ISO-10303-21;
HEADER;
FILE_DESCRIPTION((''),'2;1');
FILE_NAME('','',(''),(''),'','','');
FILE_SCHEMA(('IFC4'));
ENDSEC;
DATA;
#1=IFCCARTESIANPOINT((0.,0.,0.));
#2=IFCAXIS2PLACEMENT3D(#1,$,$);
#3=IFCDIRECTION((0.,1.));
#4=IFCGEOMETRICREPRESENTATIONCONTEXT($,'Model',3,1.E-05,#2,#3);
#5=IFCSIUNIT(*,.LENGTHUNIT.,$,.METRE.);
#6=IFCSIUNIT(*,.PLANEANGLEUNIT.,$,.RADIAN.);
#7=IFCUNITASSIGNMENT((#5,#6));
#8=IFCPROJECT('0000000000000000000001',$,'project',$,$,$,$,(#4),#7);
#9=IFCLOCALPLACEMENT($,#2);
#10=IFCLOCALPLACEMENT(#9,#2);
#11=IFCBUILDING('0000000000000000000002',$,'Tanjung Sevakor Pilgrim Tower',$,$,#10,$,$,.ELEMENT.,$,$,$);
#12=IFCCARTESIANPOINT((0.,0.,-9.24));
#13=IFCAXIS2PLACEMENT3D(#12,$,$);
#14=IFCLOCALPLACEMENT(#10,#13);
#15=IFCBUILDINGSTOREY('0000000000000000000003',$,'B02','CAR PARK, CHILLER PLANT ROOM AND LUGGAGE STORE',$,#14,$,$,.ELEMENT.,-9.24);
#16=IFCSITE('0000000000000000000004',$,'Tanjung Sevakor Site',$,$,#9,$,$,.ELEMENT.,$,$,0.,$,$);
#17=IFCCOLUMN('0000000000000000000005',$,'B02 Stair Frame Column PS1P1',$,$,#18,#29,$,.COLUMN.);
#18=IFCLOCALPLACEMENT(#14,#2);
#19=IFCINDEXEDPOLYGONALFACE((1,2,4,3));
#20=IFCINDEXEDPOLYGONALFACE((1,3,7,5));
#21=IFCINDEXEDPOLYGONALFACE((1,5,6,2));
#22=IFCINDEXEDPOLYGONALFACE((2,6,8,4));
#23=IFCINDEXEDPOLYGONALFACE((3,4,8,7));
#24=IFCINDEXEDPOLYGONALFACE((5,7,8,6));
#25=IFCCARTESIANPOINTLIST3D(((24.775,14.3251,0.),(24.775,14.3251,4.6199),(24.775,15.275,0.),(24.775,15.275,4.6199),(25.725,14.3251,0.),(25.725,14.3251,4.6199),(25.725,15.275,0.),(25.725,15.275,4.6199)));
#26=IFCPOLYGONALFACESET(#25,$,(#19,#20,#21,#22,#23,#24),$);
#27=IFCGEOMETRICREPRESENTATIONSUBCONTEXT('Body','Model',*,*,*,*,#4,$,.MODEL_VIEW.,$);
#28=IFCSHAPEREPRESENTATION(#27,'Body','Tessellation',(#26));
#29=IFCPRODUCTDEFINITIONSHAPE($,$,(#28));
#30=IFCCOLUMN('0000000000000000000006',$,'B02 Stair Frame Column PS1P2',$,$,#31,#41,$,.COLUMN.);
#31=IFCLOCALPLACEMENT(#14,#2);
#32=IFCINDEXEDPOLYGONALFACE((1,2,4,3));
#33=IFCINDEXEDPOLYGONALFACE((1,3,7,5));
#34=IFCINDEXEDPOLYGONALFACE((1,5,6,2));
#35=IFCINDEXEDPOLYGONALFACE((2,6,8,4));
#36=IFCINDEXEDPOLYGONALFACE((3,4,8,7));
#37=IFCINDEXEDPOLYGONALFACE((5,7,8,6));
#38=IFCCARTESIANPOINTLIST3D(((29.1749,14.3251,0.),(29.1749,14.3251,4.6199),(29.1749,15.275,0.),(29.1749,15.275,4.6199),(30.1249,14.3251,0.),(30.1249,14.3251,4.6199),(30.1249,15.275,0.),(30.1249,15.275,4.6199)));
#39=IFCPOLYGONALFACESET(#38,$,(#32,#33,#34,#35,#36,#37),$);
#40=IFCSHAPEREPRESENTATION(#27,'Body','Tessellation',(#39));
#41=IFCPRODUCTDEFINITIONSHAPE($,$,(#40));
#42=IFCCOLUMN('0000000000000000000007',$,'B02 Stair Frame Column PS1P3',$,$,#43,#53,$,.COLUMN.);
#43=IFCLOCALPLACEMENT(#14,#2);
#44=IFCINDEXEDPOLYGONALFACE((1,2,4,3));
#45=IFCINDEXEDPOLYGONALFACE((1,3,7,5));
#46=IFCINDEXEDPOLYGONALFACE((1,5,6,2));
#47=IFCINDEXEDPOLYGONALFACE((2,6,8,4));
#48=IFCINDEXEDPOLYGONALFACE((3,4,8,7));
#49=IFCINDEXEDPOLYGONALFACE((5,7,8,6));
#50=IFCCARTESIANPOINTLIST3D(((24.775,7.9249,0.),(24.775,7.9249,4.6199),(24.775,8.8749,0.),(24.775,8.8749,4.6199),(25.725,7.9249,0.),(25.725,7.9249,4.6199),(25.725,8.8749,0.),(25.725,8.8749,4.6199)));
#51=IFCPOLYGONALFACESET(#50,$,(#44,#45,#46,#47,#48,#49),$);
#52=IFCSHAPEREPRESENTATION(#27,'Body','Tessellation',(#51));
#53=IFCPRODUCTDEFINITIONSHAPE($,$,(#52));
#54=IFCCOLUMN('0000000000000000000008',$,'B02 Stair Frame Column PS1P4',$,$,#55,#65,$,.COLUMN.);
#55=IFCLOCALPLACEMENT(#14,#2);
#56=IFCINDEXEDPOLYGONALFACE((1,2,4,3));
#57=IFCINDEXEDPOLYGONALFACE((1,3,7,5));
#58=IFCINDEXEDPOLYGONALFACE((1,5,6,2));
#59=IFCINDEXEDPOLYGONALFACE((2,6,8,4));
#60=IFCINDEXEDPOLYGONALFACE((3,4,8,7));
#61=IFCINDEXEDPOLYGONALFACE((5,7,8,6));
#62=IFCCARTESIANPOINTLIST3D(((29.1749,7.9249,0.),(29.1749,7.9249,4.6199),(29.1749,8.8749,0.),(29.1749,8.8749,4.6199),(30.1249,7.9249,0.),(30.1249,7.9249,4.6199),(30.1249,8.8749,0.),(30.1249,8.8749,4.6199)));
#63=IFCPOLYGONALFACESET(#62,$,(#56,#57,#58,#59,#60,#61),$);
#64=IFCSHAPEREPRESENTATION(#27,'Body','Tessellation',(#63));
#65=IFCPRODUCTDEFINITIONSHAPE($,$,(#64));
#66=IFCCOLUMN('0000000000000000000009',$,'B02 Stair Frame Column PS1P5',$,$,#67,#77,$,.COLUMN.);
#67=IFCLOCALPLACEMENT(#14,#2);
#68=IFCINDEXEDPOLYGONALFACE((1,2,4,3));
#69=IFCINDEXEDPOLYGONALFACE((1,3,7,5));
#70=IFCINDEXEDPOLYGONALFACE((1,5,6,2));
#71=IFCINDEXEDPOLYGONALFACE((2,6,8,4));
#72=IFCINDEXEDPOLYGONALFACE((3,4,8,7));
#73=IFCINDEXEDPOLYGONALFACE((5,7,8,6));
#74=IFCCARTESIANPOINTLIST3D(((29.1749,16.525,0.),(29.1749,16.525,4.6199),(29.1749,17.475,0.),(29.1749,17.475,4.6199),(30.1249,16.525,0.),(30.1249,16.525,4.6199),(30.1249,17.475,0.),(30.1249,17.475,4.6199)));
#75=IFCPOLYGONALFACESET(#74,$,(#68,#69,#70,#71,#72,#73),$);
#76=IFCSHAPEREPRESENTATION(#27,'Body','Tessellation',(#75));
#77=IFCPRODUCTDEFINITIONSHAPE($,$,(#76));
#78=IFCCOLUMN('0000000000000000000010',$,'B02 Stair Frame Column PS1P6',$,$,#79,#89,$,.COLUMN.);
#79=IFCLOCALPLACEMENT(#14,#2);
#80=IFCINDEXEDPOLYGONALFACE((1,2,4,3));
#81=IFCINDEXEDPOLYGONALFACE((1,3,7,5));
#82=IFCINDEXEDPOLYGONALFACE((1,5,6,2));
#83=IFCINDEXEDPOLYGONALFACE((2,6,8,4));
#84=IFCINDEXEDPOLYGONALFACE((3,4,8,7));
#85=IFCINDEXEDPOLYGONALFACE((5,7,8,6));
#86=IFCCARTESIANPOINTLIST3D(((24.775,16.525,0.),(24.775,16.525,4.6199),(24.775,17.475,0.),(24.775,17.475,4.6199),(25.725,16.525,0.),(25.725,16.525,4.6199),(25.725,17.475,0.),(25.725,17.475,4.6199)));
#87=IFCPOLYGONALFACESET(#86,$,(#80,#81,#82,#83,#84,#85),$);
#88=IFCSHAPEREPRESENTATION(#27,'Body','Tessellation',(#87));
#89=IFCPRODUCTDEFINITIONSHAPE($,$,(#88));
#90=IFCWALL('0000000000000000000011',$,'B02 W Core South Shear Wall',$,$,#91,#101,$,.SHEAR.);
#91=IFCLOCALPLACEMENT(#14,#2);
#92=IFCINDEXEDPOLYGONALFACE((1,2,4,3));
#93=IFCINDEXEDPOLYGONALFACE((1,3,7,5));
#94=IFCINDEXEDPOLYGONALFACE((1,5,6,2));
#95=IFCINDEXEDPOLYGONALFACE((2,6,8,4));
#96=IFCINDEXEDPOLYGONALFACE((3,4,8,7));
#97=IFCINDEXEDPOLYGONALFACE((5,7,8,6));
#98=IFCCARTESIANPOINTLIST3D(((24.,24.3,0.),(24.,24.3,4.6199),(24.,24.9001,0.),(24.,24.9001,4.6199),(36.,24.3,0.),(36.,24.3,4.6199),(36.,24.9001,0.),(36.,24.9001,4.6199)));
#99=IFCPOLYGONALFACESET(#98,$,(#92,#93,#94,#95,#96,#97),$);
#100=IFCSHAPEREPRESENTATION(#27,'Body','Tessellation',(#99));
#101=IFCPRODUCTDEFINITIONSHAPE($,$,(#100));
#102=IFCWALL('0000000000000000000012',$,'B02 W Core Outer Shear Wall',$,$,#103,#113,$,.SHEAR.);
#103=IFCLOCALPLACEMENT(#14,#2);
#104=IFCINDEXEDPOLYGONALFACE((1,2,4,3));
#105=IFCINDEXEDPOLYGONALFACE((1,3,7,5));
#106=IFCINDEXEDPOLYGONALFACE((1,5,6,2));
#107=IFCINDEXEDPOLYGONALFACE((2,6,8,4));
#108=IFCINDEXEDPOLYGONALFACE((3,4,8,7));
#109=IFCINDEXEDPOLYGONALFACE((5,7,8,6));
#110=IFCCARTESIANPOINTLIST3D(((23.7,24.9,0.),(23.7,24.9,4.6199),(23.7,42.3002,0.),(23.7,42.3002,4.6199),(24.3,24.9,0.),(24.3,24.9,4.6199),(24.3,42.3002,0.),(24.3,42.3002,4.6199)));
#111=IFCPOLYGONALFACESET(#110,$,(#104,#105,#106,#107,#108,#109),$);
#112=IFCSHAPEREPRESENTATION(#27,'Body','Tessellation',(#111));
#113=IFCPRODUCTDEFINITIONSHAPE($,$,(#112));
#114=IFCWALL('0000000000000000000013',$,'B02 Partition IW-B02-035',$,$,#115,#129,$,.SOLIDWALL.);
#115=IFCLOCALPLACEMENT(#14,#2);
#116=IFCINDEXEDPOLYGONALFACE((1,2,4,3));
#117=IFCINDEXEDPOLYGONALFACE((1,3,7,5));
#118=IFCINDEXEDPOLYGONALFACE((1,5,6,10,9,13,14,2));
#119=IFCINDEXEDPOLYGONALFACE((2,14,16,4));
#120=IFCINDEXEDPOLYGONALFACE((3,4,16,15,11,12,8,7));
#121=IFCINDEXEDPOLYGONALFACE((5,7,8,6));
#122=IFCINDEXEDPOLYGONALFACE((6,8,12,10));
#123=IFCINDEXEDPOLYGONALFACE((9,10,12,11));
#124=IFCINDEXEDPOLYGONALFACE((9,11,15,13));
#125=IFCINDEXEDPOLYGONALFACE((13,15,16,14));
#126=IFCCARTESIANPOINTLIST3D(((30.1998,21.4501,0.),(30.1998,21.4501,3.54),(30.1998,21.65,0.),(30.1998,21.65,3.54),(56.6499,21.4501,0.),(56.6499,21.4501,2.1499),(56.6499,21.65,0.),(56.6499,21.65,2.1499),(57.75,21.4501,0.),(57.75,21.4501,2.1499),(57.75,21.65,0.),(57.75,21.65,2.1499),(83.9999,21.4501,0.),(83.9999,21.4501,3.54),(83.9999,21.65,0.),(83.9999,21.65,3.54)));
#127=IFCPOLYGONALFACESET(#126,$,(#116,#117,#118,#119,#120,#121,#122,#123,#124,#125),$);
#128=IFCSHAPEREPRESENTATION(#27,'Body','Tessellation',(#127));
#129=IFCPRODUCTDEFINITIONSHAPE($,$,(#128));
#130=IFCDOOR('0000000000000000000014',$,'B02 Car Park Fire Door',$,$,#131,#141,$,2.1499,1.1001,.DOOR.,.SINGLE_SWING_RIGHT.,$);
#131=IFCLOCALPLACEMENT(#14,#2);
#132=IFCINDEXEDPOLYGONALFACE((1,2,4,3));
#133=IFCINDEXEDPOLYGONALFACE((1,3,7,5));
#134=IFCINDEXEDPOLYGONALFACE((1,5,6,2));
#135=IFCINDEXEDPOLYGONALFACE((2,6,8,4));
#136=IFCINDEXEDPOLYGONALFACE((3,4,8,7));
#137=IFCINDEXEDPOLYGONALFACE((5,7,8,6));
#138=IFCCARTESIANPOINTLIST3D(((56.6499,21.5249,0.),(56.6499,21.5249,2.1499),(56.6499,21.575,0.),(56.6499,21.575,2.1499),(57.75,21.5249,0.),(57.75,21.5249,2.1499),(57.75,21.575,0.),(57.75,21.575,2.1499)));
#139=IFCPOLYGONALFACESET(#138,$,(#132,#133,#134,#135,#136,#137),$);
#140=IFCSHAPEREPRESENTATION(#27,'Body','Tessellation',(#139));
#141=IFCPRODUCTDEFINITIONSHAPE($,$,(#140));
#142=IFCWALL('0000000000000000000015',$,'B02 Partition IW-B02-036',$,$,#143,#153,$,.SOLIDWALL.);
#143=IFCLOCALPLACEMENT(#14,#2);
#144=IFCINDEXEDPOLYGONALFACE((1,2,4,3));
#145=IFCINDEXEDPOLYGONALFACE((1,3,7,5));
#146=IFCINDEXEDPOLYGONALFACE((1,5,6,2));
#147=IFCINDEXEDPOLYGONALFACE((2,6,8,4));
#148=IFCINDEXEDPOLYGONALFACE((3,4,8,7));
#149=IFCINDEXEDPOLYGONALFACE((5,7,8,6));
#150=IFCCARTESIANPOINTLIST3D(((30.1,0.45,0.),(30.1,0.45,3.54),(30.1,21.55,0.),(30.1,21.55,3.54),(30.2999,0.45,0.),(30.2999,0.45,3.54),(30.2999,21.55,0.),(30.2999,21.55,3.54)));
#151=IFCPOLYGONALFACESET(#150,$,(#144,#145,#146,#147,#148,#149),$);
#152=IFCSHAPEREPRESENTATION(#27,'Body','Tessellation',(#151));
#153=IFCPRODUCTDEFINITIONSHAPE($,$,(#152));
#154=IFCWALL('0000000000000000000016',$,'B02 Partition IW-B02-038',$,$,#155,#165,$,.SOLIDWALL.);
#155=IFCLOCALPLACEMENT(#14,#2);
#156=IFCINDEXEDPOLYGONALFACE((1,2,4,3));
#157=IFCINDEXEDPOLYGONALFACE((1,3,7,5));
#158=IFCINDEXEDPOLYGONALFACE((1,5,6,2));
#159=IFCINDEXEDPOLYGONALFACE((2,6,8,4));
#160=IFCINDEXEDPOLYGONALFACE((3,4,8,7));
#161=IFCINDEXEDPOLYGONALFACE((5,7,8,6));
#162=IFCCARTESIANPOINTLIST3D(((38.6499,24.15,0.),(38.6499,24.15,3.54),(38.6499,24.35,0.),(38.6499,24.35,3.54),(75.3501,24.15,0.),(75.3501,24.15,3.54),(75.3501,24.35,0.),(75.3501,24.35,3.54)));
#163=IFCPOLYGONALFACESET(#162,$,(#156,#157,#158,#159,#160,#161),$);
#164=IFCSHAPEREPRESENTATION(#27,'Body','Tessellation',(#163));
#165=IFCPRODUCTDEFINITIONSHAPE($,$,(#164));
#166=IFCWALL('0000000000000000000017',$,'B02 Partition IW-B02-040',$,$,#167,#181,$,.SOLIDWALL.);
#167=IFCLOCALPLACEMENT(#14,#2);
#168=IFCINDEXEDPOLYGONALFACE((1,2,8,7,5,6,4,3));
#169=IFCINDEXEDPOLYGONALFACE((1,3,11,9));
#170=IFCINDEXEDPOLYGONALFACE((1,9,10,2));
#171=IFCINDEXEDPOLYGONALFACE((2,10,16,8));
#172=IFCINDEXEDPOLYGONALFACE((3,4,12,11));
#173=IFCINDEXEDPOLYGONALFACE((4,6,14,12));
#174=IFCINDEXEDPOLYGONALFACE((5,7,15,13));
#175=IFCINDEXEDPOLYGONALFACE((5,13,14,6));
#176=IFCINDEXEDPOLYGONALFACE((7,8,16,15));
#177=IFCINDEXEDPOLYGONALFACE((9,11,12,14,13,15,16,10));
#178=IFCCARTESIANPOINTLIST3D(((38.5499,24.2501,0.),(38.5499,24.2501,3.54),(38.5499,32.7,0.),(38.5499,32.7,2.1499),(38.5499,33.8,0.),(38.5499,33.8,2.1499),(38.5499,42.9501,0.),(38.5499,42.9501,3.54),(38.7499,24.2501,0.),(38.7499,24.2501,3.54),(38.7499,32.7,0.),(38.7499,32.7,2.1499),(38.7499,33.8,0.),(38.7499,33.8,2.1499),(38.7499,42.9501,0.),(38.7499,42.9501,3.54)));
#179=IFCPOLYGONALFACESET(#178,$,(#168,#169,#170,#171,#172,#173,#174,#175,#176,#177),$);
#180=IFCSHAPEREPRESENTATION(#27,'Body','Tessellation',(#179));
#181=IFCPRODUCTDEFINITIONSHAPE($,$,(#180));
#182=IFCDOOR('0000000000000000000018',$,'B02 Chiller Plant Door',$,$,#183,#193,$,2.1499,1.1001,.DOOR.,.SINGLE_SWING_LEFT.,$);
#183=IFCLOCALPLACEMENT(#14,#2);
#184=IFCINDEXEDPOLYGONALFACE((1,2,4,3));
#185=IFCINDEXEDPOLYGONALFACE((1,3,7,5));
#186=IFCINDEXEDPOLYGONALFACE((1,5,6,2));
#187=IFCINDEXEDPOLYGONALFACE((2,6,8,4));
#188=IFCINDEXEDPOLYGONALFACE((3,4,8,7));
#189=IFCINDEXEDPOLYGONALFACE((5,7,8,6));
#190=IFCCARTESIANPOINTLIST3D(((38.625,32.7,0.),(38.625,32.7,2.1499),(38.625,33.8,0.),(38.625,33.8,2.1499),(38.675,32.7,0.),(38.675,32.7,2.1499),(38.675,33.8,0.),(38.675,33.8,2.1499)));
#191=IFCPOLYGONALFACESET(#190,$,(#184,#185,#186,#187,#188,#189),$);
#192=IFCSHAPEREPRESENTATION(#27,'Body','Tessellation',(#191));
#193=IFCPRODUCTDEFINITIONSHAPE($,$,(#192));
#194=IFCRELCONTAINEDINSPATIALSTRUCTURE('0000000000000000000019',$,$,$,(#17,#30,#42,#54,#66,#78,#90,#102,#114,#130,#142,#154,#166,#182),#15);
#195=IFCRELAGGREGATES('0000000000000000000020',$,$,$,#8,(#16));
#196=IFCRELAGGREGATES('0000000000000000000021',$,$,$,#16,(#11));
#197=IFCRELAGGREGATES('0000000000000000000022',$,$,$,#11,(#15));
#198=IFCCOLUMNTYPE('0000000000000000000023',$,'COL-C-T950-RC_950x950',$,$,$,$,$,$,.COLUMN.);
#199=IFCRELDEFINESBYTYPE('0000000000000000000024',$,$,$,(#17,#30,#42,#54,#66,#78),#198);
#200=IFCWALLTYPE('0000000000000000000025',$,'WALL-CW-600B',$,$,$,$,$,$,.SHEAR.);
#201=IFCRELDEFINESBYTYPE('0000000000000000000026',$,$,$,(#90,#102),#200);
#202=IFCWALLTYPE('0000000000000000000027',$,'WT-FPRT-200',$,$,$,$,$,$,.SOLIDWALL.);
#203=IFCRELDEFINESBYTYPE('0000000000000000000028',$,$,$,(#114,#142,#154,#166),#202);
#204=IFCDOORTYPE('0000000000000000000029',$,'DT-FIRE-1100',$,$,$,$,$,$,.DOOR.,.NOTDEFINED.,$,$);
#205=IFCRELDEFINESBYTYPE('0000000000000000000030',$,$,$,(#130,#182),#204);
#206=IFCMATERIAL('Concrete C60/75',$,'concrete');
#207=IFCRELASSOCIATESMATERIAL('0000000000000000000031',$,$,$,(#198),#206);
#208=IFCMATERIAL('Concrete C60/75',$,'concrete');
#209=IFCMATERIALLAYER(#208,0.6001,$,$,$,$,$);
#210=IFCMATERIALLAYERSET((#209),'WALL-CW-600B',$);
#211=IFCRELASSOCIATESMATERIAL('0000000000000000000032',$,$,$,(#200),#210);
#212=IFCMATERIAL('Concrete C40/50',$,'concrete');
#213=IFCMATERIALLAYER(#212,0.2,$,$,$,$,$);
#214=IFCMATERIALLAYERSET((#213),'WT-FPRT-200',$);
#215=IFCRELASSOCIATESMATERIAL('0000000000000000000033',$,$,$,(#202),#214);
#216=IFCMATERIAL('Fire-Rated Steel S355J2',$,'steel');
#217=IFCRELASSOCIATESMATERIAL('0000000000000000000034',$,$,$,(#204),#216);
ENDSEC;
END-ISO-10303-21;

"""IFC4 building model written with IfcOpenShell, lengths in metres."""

from ifc_helpers import new_model, si_unit, direction, frame, frame_2d, origin, origin_2d, place, context, subcontext, project, spatial, rectangle, extrude, material, layer, layer_set, material_profile, profile_set, type_object, element, fill, save


model = new_model("IFC4")

# Units and contexts
model_context = context("Model", 3, precision=1e-05, world=origin(), true_north=direction((0.0, 1.0)))
body_context = subcontext(model_context, "Body", "Model", "MODEL_VIEW")
ifc_project = project(units=[si_unit("LENGTHUNIT", "METRE"), si_unit("PLANEANGLEUNIT", "RADIAN")], contexts=[model_context])

# Site, building, storey
site_placement = place(None, origin())
site = spatial("IfcSite", under=ifc_project, at=site_placement, Name="Tanjung Sevakor Site", CompositionType="ELEMENT", RefElevation=0.0)
building_placement = place(site_placement, origin())
building = spatial("IfcBuilding", under=site, at=building_placement, Name="Tanjung Sevakor Pilgrim Tower", CompositionType="ELEMENT")
storey_placement = place(building_placement, frame((0.0, 0.0, -9.24)))
storey = spatial("IfcBuildingStorey", under=building, at=storey_placement, Name="B02", Description="CAR PARK, CHILLER PLANT ROOM AND LUGGAGE STORE", CompositionType="ELEMENT", Elevation=-9.24)

# Columns
ifc_material_1 = material(Name="Concrete C60/75", Category="concrete")
ifc_material_profile_1 = material_profile(ifc_material_1, rectangle(XDim=0.95, YDim=0.95, at=origin_2d()))
ifc_profile_set_1 = profile_set([ifc_material_profile_1], Name="Concrete C60/75")
column_type_1 = type_object("IfcColumnType", Name="COL-C-T950-RC_950x950", PredefinedType="COLUMN", material=ifc_profile_set_1)
for number, where, z_axis, x_axis, name in (
    (1, (25.25, 14.8, 0.0), (0.0, 0.0, 1.0), (1.0, 0.0, 0.0), "B02 Stair Frame Column PS1P1"),
    (2, (29.6499, 14.8, 0.0), (0.0, 0.0, 1.0), (1.0, 0.0, 0.0), "B02 Stair Frame Column PS1P2"),
    (3, (25.25, 8.3999, 0.0), (0.0, 0.0, 1.0), (1.0, 0.0, 0.0), "B02 Stair Frame Column PS1P3"),
    (4, (29.6499, 8.3999, 0.0), (0.0, 0.0, 1.0), (1.0, 0.0, 0.0), "B02 Stair Frame Column PS1P4"),
    (5, (29.6499, 17.0, 0.0), (0.0, 0.0, 1.0), (1.0, 0.0, 0.0), "B02 Stair Frame Column PS1P5"),
    (6, (25.25, 17.0, 0.0), (0.0, 0.0, 1.0), (1.0, 0.0, 0.0), "B02 Stair Frame Column PS1P6"),
):
    element("IfcColumn", number, at=place(storey_placement, frame(where, z_axis=z_axis, x_axis=x_axis)), inside=storey, type_object=column_type_1, Name=name, PredefinedType="COLUMN", context=body_context, shape_type="SweptSolid", body=[
        extrude(rectangle(XDim=0.95, YDim=0.95, at=origin_2d()), origin(), (0.0, 0.0, 1.0), 4.6199),
    ])

# Walls
ifc_material_2 = material(Name="Concrete C60/75", Category="concrete")
ifc_layer_1 = layer(ifc_material_2, 0.6001)
ifc_layer_set_1 = layer_set([ifc_layer_1], Name="WALL-CW-600B")
wall_type_1 = type_object("IfcWallType", Name="WALL-CW-600B", PredefinedType="SHEAR", material=ifc_layer_set_1)
wall_1_placement = place(storey_placement, frame((24.0, 24.6001, 0.0), z_axis=(0.0, 0.0, 1.0), x_axis=(1.0, 0.0, 0.0)))
element("IfcWall", 7, at=wall_1_placement, inside=storey, type_object=wall_type_1, Name="B02 W Core South Shear Wall", PredefinedType="SHEAR", context=body_context, shape_type="SweptSolid", body=[
    extrude(rectangle(XDim=12.0, YDim=0.6001, at=frame_2d((6.0, 0.0))), origin(), (0.0, 0.0, 1.0), 4.6199),
])
wall_2_placement = place(storey_placement, frame((24.0, 24.8999, 0.0), z_axis=(0.0, 0.0, 1.0), x_axis=(0.0, 1.0, 0.0)))
element("IfcWall", 8, at=wall_2_placement, inside=storey, type_object=wall_type_1, Name="B02 W Core Outer Shear Wall", PredefinedType="SHEAR", context=body_context, shape_type="SweptSolid", body=[
    extrude(rectangle(XDim=17.4001, YDim=0.6001, at=frame_2d((8.7002, 0.0))), origin(), (0.0, 0.0, 1.0), 4.6199),
])

# Wall, opening, door
ifc_material_3 = material(Name="Concrete C40/50", Category="concrete")
ifc_layer_2 = layer(ifc_material_3, 0.2)
ifc_layer_set_2 = layer_set([ifc_layer_2], Name="WT-FPRT-200")
wall_type_2 = type_object("IfcWallType", Name="WT-FPRT-200", PredefinedType="SOLIDWALL", material=ifc_layer_set_2)
wall_3_placement = place(storey_placement, frame((30.2, 21.55, 0.0), z_axis=(0.0, 0.0, 1.0), x_axis=(1.0, 0.0, 0.0)))
wall_3 = element("IfcWall", 9, at=wall_3_placement, inside=storey, type_object=wall_type_2, Name="B02 Partition IW-B02-035", PredefinedType="SOLIDWALL", context=body_context, shape_type="SweptSolid", body=[
    extrude(rectangle(XDim=53.8, YDim=0.2, at=frame_2d((26.8999, 0.0))), origin(), (0.0, 0.0, 1.0), 3.54),
])
opening_1_placement = place(wall_3_placement, frame((26.45, 0.0, 0.0)))
opening_1 = element("IfcOpeningElement", 10, at=opening_1_placement, cuts=wall_3, PredefinedType="OPENING", context=body_context, shape_type="SweptSolid", body=[
    extrude(rectangle(XDim=1.1001, YDim=2.1499, at=frame_2d((0.55, 1.075))), frame((0.0, 0.1099, 0.0), z_axis=(0.0, -1.0, 0.0), x_axis=(1.0, 0.0, 0.0)), (0.0, 0.0, 1.0), 0.22),
])
ifc_material_4 = material(Name="Fire-Rated Steel S355J2", Category="steel")
door_type_1 = type_object("IfcDoorType", Name="DT-FIRE-1100", OperationType="NOTDEFINED", PredefinedType="DOOR", material=ifc_material_4)
door_1_placement = place(opening_1_placement, origin())
door_1 = element("IfcDoor", 11, at=door_1_placement, inside=storey, type_object=door_type_1, Name="B02 Car Park Fire Door", OperationType="SINGLE_SWING_RIGHT", OverallHeight=2.1499, OverallWidth=1.1001, PredefinedType="DOOR", context=body_context, shape_type="SweptSolid", body=[
    extrude(rectangle(XDim=1.1001, YDim=2.1499, at=frame_2d((0.55, 1.075))), frame((0.0, 0.0249, 0.0), z_axis=(0.0, -1.0, 0.0), x_axis=(1.0, 0.0, 0.0)), (0.0, 0.0, 1.0), 0.05),
])
fill(opening_1, door_1)

# Walls
wall_4_placement = place(storey_placement, frame((30.2, 0.45, 0.0), z_axis=(0.0, 0.0, 1.0), x_axis=(0.0, 1.0, 0.0)))
element("IfcWall", 12, at=wall_4_placement, inside=storey, type_object=wall_type_2, Name="B02 Partition IW-B02-036", PredefinedType="SOLIDWALL", context=body_context, shape_type="SweptSolid", body=[
    extrude(rectangle(XDim=21.1001, YDim=0.2, at=frame_2d((10.55, 0.0))), origin(), (0.0, 0.0, 1.0), 3.54),
])
wall_5_placement = place(storey_placement, frame((38.6499, 24.25, 0.0), z_axis=(0.0, 0.0, 1.0), x_axis=(1.0, 0.0, 0.0)))
element("IfcWall", 13, at=wall_5_placement, inside=storey, type_object=wall_type_2, Name="B02 Partition IW-B02-038", PredefinedType="SOLIDWALL", context=body_context, shape_type="SweptSolid", body=[
    extrude(rectangle(XDim=36.7002, YDim=0.2, at=frame_2d((18.3501, 0.0))), origin(), (0.0, 0.0, 1.0), 3.54),
])

# Wall, opening, door
wall_6_placement = place(storey_placement, frame((38.6499, 24.25, 0.0), z_axis=(0.0, 0.0, 1.0), x_axis=(0.0, 1.0, 0.0)))
wall_6 = element("IfcWall", 14, at=wall_6_placement, inside=storey, type_object=wall_type_2, Name="B02 Partition IW-B02-040", PredefinedType="SOLIDWALL", context=body_context, shape_type="SweptSolid", body=[
    extrude(rectangle(XDim=18.7, YDim=0.2, at=frame_2d((9.3501, 0.0))), origin(), (0.0, 0.0, 1.0), 3.54),
])
opening_2_placement = place(wall_6_placement, frame((8.45, 0.0, 0.0)))
opening_2 = element("IfcOpeningElement", 15, at=opening_2_placement, cuts=wall_6, PredefinedType="OPENING", context=body_context, shape_type="SweptSolid", body=[
    extrude(rectangle(XDim=1.1001, YDim=2.1499, at=frame_2d((0.55, 1.075))), frame((0.0, 0.1099, 0.0), z_axis=(0.0, -1.0, 0.0), x_axis=(1.0, 0.0, 0.0)), (0.0, 0.0, 1.0), 0.22),
])
door_2_placement = place(opening_2_placement, origin())
door_2 = element("IfcDoor", 16, at=door_2_placement, inside=storey, type_object=door_type_1, Name="B02 Chiller Plant Door", OperationType="SINGLE_SWING_LEFT", OverallHeight=2.1499, OverallWidth=1.1001, PredefinedType="DOOR", context=body_context, shape_type="SweptSolid", body=[
    extrude(rectangle(XDim=1.1001, YDim=2.1499, at=frame_2d((0.55, 1.075))), frame((0.0, 0.0249, 0.0), z_axis=(0.0, -1.0, 0.0), x_axis=(1.0, 0.0, 0.0)), (0.0, 0.0, 1.0), 0.05),
])
fill(opening_2, door_2)

save(model, "model.ifc")
